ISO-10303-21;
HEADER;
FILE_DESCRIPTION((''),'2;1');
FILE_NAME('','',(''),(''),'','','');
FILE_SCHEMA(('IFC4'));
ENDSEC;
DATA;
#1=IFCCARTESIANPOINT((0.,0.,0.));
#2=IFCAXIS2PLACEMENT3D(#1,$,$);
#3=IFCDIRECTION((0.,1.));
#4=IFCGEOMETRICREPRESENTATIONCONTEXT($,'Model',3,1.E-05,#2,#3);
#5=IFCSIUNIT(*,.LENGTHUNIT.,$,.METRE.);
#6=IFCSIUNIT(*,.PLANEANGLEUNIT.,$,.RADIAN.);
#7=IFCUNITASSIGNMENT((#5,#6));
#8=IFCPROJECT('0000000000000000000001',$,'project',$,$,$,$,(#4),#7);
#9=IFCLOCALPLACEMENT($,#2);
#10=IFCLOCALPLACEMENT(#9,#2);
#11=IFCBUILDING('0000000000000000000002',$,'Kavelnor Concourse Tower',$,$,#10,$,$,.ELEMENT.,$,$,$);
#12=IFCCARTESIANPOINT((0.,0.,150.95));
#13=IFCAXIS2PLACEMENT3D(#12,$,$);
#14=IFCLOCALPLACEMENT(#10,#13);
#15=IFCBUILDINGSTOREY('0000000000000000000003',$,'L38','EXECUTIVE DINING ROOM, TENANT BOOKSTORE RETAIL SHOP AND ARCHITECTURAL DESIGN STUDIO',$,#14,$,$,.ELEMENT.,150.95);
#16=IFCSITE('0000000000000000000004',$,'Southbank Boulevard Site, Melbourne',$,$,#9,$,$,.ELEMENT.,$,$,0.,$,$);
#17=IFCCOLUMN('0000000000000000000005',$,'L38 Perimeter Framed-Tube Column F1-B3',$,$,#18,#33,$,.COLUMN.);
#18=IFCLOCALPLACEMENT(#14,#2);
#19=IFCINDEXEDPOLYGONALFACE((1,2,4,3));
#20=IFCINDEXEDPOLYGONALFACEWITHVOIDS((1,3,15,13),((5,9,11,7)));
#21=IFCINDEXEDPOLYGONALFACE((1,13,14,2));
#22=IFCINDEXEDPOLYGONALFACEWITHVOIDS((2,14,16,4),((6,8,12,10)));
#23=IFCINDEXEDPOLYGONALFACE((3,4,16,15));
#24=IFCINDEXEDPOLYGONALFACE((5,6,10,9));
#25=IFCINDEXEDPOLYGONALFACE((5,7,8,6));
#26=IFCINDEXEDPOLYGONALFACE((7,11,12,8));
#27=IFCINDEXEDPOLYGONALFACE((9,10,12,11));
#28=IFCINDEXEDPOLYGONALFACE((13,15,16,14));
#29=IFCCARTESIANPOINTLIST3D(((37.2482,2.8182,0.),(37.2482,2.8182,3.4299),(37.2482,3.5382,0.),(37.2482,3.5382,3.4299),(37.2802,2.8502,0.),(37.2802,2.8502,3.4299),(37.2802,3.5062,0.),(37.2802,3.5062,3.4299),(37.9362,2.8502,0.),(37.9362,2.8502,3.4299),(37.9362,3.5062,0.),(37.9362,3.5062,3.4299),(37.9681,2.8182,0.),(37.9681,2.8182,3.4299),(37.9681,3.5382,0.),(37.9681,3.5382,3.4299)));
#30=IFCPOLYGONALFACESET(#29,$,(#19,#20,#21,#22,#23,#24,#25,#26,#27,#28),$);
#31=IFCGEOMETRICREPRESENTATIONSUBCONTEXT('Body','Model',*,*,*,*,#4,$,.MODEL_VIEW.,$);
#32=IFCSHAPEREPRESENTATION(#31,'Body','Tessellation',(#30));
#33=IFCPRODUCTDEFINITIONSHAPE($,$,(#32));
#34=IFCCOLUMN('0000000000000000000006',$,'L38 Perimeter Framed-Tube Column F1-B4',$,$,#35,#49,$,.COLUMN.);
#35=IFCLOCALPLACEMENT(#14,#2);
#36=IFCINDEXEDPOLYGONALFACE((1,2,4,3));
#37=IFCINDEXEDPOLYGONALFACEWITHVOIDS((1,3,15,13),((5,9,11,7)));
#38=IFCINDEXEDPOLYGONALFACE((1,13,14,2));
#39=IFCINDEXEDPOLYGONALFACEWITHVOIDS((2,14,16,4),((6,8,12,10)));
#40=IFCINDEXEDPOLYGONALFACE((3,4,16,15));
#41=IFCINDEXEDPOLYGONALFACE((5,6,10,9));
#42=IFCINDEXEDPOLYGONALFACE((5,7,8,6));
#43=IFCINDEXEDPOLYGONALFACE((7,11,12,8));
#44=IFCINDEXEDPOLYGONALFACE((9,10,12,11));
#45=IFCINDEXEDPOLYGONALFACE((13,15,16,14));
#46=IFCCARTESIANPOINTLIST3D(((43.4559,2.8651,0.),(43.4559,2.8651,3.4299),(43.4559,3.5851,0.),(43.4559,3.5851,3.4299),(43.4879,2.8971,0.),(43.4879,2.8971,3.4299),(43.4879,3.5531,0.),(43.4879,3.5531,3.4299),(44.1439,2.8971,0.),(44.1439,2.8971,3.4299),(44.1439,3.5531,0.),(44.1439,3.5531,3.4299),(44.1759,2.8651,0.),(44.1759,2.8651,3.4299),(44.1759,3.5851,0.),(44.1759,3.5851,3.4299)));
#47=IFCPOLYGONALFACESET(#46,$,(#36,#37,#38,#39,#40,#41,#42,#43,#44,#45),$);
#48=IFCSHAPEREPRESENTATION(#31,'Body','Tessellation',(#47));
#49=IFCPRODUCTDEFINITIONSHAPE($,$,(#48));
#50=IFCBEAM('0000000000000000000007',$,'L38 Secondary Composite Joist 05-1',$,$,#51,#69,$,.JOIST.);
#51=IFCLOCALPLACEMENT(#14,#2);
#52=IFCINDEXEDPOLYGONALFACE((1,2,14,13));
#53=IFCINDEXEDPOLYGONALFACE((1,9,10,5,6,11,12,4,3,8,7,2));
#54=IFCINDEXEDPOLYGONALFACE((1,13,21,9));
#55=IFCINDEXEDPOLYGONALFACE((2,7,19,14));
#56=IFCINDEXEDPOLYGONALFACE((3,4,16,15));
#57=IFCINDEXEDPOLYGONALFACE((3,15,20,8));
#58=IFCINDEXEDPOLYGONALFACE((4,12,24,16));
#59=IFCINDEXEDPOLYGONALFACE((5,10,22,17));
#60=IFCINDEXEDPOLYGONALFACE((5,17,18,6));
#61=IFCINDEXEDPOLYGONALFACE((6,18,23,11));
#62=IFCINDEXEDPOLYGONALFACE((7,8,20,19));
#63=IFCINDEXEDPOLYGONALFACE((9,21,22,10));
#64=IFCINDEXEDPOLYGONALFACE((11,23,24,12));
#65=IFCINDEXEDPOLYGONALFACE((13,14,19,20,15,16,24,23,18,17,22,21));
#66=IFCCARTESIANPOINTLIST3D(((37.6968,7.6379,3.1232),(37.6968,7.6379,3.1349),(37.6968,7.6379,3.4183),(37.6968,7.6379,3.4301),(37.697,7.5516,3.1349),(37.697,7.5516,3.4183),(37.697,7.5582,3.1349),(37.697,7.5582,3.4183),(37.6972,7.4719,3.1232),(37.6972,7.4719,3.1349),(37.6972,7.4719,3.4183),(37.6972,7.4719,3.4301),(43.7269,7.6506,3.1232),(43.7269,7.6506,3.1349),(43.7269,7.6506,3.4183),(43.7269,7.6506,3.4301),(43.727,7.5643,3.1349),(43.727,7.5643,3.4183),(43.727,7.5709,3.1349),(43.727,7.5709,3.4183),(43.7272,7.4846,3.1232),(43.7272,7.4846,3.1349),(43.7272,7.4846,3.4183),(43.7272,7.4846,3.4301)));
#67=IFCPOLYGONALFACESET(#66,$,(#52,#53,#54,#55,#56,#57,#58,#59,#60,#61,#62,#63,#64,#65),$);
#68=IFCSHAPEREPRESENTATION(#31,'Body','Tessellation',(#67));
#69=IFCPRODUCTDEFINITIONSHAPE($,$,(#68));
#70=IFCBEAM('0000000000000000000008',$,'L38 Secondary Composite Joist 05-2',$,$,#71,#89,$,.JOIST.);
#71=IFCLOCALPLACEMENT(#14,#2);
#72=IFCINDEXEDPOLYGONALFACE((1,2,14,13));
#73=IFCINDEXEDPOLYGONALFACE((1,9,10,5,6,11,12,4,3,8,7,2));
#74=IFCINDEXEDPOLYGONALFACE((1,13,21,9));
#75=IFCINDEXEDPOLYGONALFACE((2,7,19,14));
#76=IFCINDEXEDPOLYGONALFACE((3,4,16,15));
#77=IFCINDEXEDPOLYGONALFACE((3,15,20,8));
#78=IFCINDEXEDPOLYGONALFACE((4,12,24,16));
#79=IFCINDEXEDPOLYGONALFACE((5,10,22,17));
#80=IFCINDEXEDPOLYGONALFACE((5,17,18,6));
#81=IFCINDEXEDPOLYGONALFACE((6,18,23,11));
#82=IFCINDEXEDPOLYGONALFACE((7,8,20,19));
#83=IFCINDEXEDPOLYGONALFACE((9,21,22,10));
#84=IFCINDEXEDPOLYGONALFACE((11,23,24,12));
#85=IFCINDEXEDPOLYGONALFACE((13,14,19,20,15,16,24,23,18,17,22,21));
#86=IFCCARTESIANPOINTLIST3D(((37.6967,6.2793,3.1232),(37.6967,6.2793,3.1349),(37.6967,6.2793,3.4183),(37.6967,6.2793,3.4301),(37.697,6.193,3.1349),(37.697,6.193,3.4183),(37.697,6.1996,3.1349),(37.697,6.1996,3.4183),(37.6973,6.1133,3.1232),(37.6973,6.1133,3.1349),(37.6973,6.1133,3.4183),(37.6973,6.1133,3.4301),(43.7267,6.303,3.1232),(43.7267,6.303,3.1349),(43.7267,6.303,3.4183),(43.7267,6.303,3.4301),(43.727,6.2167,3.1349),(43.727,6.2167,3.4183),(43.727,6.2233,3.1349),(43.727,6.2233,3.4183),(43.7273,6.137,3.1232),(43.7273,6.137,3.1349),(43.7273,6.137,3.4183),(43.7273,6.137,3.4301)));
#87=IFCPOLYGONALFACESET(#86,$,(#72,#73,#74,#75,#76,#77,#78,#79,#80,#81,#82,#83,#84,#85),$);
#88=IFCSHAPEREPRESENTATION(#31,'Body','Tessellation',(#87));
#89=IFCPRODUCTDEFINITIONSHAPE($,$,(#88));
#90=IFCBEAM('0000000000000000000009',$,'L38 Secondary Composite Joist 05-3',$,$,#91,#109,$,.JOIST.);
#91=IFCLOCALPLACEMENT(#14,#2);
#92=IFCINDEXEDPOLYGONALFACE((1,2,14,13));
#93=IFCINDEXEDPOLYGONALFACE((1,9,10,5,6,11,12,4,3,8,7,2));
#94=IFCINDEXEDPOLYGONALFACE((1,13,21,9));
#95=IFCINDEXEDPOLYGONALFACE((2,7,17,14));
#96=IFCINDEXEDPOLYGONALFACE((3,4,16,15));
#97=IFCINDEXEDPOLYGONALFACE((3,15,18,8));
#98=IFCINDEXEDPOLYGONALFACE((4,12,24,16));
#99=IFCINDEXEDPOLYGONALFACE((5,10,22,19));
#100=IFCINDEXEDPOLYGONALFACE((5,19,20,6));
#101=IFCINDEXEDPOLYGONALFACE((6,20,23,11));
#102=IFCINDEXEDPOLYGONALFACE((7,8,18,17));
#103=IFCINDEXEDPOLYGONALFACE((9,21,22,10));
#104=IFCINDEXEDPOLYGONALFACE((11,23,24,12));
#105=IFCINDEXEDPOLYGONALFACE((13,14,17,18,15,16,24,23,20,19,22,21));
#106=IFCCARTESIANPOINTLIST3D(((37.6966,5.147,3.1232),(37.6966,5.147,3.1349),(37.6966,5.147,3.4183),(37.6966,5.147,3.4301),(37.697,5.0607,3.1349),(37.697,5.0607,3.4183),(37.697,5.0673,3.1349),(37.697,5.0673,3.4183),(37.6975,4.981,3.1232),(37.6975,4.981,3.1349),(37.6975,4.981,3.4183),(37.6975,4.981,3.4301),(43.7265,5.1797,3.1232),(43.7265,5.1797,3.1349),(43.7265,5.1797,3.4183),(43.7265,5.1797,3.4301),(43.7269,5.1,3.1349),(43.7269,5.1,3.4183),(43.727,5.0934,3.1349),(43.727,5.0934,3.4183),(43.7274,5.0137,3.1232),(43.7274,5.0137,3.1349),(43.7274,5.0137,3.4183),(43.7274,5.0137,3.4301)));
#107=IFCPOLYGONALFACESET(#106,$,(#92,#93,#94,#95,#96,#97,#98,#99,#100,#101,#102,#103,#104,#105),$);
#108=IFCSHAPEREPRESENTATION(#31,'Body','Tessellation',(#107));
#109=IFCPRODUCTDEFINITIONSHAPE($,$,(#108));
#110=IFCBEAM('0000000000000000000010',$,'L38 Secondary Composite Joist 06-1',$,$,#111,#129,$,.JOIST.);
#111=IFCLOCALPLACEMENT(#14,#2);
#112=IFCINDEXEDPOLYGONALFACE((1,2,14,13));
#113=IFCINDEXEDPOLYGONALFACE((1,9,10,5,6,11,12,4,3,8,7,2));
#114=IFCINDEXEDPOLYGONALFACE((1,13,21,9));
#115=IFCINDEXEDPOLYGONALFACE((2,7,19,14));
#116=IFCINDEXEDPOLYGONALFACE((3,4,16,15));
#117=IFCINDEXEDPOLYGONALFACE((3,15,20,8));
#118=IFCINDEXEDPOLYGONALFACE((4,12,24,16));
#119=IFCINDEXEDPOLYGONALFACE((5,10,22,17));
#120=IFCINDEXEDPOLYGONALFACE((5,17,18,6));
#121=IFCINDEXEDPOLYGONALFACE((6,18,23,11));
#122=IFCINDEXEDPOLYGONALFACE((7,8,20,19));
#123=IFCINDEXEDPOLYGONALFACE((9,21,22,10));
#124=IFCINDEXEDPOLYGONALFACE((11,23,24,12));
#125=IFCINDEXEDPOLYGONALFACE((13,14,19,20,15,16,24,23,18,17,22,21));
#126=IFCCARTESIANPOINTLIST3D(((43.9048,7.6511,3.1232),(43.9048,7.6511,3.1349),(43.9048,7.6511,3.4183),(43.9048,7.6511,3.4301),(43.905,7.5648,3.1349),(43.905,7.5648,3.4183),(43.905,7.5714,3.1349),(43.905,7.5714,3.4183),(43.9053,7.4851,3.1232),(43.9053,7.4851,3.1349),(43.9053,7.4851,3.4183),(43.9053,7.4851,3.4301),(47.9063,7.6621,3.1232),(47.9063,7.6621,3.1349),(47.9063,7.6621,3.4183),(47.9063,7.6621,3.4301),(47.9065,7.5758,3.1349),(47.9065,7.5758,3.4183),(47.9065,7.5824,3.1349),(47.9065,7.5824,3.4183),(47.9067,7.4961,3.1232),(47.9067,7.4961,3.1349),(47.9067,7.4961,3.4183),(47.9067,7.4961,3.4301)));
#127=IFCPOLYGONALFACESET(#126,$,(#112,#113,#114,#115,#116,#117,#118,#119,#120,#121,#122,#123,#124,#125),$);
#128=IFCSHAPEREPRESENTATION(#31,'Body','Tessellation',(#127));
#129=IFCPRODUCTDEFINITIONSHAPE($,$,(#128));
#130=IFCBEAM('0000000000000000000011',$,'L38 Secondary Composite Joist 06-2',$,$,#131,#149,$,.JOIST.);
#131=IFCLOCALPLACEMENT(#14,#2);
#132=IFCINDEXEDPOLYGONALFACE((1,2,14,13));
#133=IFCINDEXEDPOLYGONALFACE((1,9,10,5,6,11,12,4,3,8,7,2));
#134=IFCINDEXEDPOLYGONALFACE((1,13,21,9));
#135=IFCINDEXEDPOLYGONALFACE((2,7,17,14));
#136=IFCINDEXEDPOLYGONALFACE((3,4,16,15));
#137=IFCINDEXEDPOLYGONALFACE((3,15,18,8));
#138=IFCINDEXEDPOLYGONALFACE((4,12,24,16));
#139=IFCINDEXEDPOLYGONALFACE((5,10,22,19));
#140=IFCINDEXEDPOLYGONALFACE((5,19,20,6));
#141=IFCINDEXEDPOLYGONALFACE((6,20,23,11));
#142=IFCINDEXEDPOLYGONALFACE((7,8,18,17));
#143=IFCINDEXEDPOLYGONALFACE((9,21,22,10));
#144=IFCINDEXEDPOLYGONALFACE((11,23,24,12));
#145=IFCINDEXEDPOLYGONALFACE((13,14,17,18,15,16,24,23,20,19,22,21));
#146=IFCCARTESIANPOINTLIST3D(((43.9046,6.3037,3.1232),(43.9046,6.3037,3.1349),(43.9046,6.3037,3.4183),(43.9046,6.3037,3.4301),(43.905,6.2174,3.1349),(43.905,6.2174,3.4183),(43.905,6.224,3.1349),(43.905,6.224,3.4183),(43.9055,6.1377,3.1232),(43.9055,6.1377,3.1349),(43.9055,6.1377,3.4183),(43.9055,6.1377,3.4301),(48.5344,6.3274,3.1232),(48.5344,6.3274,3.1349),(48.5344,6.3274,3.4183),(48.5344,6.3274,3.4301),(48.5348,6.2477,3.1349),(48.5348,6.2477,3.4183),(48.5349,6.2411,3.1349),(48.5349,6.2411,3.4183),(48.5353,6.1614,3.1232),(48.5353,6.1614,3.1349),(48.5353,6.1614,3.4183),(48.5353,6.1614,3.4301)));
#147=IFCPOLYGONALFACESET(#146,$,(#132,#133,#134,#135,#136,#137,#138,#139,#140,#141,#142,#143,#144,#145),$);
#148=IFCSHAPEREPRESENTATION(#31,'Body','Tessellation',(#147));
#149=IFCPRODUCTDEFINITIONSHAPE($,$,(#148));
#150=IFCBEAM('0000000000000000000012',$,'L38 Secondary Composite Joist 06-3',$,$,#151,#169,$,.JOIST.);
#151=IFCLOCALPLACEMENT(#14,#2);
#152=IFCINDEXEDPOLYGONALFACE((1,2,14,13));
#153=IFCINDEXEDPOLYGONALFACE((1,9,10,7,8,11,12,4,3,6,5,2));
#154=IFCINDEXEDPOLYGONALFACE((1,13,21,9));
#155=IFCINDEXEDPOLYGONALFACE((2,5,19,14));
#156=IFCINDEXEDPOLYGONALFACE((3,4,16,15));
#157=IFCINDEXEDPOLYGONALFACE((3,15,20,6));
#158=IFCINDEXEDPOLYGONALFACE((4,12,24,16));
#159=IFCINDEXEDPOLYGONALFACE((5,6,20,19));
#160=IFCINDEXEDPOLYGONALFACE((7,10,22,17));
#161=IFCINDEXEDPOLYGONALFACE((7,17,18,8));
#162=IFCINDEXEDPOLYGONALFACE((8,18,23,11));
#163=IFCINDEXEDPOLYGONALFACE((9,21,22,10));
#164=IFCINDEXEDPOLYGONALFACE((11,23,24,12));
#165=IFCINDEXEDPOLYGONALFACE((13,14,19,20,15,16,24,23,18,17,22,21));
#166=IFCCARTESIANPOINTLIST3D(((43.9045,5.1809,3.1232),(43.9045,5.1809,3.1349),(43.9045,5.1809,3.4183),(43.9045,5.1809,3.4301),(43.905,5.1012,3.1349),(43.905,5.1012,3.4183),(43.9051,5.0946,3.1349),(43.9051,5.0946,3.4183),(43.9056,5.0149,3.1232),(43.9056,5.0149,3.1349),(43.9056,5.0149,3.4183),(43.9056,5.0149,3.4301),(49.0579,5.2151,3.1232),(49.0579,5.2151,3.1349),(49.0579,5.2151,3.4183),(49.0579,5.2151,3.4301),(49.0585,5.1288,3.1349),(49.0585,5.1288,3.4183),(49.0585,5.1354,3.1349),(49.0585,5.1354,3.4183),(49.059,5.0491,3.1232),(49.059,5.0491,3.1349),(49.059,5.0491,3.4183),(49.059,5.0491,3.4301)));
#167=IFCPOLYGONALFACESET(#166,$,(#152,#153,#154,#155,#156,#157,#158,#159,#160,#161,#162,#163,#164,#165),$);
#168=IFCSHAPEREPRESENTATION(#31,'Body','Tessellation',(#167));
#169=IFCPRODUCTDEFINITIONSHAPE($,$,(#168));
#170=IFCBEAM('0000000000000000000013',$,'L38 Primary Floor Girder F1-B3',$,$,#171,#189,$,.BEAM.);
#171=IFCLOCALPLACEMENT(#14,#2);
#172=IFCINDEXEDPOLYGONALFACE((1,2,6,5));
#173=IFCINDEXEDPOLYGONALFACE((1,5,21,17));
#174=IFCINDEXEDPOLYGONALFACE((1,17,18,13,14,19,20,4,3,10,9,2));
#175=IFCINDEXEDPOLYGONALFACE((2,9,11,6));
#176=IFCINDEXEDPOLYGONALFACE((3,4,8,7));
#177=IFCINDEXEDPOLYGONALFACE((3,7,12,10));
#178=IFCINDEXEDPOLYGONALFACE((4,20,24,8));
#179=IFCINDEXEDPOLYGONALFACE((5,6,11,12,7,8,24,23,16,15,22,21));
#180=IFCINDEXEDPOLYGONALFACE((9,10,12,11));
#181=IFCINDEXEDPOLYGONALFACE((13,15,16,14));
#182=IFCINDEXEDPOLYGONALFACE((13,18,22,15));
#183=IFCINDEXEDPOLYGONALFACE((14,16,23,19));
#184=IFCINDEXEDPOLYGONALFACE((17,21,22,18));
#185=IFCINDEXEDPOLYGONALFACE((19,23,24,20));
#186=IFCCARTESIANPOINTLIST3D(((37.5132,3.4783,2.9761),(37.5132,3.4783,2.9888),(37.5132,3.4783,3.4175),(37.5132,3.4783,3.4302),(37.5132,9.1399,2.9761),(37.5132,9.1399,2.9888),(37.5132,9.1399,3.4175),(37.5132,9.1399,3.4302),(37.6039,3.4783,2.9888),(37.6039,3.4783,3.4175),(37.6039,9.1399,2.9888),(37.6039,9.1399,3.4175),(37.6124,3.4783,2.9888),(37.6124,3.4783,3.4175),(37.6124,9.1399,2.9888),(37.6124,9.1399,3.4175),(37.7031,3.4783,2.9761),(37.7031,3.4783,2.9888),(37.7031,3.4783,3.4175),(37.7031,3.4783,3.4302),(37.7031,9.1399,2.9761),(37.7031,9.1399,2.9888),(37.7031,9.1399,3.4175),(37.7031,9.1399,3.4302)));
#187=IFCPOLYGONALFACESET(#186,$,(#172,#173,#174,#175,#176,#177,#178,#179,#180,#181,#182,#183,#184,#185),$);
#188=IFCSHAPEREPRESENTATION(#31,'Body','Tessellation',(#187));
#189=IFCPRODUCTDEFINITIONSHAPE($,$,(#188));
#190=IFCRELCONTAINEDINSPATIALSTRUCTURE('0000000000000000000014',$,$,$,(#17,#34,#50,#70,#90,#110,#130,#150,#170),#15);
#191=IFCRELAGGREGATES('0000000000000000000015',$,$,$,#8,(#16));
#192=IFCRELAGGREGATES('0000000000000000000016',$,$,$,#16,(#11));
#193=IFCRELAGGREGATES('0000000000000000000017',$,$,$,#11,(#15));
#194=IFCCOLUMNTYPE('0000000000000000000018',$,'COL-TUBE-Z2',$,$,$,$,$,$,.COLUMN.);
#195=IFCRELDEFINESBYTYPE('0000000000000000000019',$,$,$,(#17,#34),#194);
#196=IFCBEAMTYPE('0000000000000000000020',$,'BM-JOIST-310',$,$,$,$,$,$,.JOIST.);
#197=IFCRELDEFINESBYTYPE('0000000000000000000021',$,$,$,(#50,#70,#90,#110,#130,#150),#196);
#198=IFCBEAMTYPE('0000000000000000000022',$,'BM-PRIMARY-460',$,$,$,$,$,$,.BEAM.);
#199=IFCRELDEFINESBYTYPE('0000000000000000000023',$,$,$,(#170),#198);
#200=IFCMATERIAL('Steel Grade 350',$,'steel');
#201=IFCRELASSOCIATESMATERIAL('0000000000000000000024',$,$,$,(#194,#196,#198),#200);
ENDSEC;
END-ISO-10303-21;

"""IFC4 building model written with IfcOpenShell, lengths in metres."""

from ifc_helpers import new_model, si_unit, direction, frame, origin, origin_2d, place, context, subcontext, project, spatial, hollow_rectangle, i_section, extrude, material, material_profile, profile_set, type_object, element, save


model = new_model("IFC4")

# Units and contexts
model_context = context("Model", 3, precision=1e-05, world=origin(), true_north=direction((0.0, 1.0)))
body_context = subcontext(model_context, "Body", "Model", "MODEL_VIEW")
ifc_project = project(units=[si_unit("LENGTHUNIT", "METRE"), si_unit("PLANEANGLEUNIT", "RADIAN")], contexts=[model_context])

# Site, building, storey
site_placement = place(None, origin())
site = spatial("IfcSite", under=ifc_project, at=site_placement, Name="Southbank Boulevard Site, Melbourne", CompositionType="ELEMENT", RefElevation=0.0)
building_placement = place(site_placement, origin())
building = spatial("IfcBuilding", under=site, at=building_placement, Name="Kavelnor Concourse Tower", CompositionType="ELEMENT")
storey_placement = place(building_placement, frame((0.0, 0.0, 150.95)))
storey = spatial("IfcBuildingStorey", under=building, at=storey_placement, Name="L38", Description="EXECUTIVE DINING ROOM, TENANT BOOKSTORE RETAIL SHOP AND ARCHITECTURAL DESIGN STUDIO", CompositionType="ELEMENT", Elevation=150.95)

# Columns
ifc_material_1 = material(Name="Steel Grade 350", Category="steel")
ifc_material_profile_1 = material_profile(ifc_material_1, hollow_rectangle(XDim=0.72, YDim=0.72, WallThickness=0.032, at=origin_2d()), Name="SHS 720x720x32")
ifc_profile_set_1 = profile_set([ifc_material_profile_1], Name="Steel Grade 350")
column_type = type_object("IfcColumnType", Name="COL-TUBE-Z2", PredefinedType="COLUMN", material=ifc_profile_set_1)
for number, where, z_axis, x_axis, name in (
    (1, (37.6082, 3.1782, 0.0), (0.0, 0.0, 1.0), (1.0, 0.0, 0.0), "L38 Perimeter Framed-Tube Column F1-B3"),
    (2, (43.8159, 3.2251, 0.0), (0.0, 0.0, 1.0), (1.0, 0.0, 0.0), "L38 Perimeter Framed-Tube Column F1-B4"),
):
    element("IfcColumn", number, at=place(storey_placement, frame(where, z_axis=z_axis, x_axis=x_axis)), inside=storey, type_object=column_type, Name=name, PredefinedType="COLUMN", context=body_context, shape_type="SweptSolid", body=[
        extrude(hollow_rectangle(XDim=0.72, YDim=0.72, WallThickness=0.032, at=origin_2d()), origin(), (0.0, 0.0, 1.0), 3.4299),
    ])

# Beams
ifc_material_profile_2 = material_profile(ifc_material_1, i_section(OverallWidth=0.166, OverallDepth=0.3069, WebThickness=0.0066, FlangeThickness=0.0117, at=origin_2d()), Name="310UB46")
ifc_profile_set_2 = profile_set([ifc_material_profile_2], Name="Steel Grade 350")
beam_type_1 = type_object("IfcBeamType", Name="BM-JOIST-310", PredefinedType="JOIST", material=ifc_profile_set_2)
for number, where, z_axis, x_axis, name in (
    (3, (37.697, 7.5549, 3.2766), (0.999998, 0.002105, 0.0), (-0.002105, 0.999998, 0.0), "L38 Secondary Composite Joist 05-1"),
    (4, (37.697, 6.1963, 3.2766), (0.999992, 0.003927, 0.0), (-0.003927, 0.999992, 0.0), "L38 Secondary Composite Joist 05-2"),
    (5, (37.697, 5.064, 3.2766), (0.999985, 0.005425, 0.0), (-0.005425, 0.999985, 0.0), "L38 Secondary Composite Joist 05-3"),
):
    element("IfcBeam", number, at=place(storey_placement, frame(where, z_axis=z_axis, x_axis=x_axis)), inside=storey, type_object=beam_type_1, Name=name, PredefinedType="JOIST", context=body_context, shape_type="SweptSolid", body=[
        extrude(i_section(OverallWidth=0.166, OverallDepth=0.3069, WebThickness=0.0066, FlangeThickness=0.0117, at=origin_2d()), origin(), (0.0, 0.0, 1.0), 6.03),
    ])
beam_1_placement = place(storey_placement, frame((43.905, 7.5681, 3.2766), z_axis=(0.999996, 0.002746, 0.0), x_axis=(-0.002746, 0.999996, 0.0)))
element("IfcBeam", 6, at=beam_1_placement, inside=storey, type_object=beam_type_1, Name="L38 Secondary Composite Joist 06-1", PredefinedType="JOIST", context=body_context, shape_type="SweptSolid", body=[
    extrude(i_section(OverallWidth=0.166, OverallDepth=0.3069, WebThickness=0.0066, FlangeThickness=0.0117, at=origin_2d()), origin(), (0.0, 0.0, 1.0), 4.0015),
])
beam_2_placement = place(storey_placement, frame((43.905, 6.2207, 3.2766), z_axis=(0.999987, 0.005115, 0.0), x_axis=(-0.005115, 0.999987, 0.0)))
element("IfcBeam", 7, at=beam_2_placement, inside=storey, type_object=beam_type_1, Name="L38 Secondary Composite Joist 06-2", PredefinedType="JOIST", context=body_context, shape_type="SweptSolid", body=[
    extrude(i_section(OverallWidth=0.166, OverallDepth=0.3069, WebThickness=0.0066, FlangeThickness=0.0117, at=origin_2d()), origin(), (0.0, 0.0, 1.0), 4.6299),
])
beam_3_placement = place(storey_placement, frame((43.905, 5.0979, 3.2766), z_axis=(0.999978, 0.006632, 0.0), x_axis=(-0.006632, 0.999978, 0.0)))
element("IfcBeam", 8, at=beam_3_placement, inside=storey, type_object=beam_type_1, Name="L38 Secondary Composite Joist 06-3", PredefinedType="JOIST", context=body_context, shape_type="SweptSolid", body=[
    extrude(i_section(OverallWidth=0.166, OverallDepth=0.3069, WebThickness=0.0066, FlangeThickness=0.0117, at=origin_2d()), origin(), (0.0, 0.0, 1.0), 5.1536),
])
ifc_material_profile_3 = material_profile(ifc_material_1, i_section(OverallWidth=0.1899, OverallDepth=0.4541, WebThickness=0.0085, FlangeThickness=0.0127, at=origin_2d()), Name="460UB67")
ifc_profile_set_3 = profile_set([ifc_material_profile_3], Name="Steel Grade 350")
beam_type_2 = type_object("IfcBeamType", Name="BM-PRIMARY-460", PredefinedType="BEAM", material=ifc_profile_set_3)
beam_4_placement = place(storey_placement, frame((37.6082, 9.1399, 3.2031), z_axis=(0.0, -1.0, 0.0), x_axis=(1.0, 0.0, 0.0)))
element("IfcBeam", 9, at=beam_4_placement, inside=storey, type_object=beam_type_2, Name="L38 Primary Floor Girder F1-B3", PredefinedType="BEAM", context=body_context, shape_type="SweptSolid", body=[
    extrude(i_section(OverallWidth=0.1899, OverallDepth=0.4541, WebThickness=0.0085, FlangeThickness=0.0127, at=origin_2d()), origin(), (0.0, 0.0, 1.0), 5.6616),
])

save(model, "model.ifc")
